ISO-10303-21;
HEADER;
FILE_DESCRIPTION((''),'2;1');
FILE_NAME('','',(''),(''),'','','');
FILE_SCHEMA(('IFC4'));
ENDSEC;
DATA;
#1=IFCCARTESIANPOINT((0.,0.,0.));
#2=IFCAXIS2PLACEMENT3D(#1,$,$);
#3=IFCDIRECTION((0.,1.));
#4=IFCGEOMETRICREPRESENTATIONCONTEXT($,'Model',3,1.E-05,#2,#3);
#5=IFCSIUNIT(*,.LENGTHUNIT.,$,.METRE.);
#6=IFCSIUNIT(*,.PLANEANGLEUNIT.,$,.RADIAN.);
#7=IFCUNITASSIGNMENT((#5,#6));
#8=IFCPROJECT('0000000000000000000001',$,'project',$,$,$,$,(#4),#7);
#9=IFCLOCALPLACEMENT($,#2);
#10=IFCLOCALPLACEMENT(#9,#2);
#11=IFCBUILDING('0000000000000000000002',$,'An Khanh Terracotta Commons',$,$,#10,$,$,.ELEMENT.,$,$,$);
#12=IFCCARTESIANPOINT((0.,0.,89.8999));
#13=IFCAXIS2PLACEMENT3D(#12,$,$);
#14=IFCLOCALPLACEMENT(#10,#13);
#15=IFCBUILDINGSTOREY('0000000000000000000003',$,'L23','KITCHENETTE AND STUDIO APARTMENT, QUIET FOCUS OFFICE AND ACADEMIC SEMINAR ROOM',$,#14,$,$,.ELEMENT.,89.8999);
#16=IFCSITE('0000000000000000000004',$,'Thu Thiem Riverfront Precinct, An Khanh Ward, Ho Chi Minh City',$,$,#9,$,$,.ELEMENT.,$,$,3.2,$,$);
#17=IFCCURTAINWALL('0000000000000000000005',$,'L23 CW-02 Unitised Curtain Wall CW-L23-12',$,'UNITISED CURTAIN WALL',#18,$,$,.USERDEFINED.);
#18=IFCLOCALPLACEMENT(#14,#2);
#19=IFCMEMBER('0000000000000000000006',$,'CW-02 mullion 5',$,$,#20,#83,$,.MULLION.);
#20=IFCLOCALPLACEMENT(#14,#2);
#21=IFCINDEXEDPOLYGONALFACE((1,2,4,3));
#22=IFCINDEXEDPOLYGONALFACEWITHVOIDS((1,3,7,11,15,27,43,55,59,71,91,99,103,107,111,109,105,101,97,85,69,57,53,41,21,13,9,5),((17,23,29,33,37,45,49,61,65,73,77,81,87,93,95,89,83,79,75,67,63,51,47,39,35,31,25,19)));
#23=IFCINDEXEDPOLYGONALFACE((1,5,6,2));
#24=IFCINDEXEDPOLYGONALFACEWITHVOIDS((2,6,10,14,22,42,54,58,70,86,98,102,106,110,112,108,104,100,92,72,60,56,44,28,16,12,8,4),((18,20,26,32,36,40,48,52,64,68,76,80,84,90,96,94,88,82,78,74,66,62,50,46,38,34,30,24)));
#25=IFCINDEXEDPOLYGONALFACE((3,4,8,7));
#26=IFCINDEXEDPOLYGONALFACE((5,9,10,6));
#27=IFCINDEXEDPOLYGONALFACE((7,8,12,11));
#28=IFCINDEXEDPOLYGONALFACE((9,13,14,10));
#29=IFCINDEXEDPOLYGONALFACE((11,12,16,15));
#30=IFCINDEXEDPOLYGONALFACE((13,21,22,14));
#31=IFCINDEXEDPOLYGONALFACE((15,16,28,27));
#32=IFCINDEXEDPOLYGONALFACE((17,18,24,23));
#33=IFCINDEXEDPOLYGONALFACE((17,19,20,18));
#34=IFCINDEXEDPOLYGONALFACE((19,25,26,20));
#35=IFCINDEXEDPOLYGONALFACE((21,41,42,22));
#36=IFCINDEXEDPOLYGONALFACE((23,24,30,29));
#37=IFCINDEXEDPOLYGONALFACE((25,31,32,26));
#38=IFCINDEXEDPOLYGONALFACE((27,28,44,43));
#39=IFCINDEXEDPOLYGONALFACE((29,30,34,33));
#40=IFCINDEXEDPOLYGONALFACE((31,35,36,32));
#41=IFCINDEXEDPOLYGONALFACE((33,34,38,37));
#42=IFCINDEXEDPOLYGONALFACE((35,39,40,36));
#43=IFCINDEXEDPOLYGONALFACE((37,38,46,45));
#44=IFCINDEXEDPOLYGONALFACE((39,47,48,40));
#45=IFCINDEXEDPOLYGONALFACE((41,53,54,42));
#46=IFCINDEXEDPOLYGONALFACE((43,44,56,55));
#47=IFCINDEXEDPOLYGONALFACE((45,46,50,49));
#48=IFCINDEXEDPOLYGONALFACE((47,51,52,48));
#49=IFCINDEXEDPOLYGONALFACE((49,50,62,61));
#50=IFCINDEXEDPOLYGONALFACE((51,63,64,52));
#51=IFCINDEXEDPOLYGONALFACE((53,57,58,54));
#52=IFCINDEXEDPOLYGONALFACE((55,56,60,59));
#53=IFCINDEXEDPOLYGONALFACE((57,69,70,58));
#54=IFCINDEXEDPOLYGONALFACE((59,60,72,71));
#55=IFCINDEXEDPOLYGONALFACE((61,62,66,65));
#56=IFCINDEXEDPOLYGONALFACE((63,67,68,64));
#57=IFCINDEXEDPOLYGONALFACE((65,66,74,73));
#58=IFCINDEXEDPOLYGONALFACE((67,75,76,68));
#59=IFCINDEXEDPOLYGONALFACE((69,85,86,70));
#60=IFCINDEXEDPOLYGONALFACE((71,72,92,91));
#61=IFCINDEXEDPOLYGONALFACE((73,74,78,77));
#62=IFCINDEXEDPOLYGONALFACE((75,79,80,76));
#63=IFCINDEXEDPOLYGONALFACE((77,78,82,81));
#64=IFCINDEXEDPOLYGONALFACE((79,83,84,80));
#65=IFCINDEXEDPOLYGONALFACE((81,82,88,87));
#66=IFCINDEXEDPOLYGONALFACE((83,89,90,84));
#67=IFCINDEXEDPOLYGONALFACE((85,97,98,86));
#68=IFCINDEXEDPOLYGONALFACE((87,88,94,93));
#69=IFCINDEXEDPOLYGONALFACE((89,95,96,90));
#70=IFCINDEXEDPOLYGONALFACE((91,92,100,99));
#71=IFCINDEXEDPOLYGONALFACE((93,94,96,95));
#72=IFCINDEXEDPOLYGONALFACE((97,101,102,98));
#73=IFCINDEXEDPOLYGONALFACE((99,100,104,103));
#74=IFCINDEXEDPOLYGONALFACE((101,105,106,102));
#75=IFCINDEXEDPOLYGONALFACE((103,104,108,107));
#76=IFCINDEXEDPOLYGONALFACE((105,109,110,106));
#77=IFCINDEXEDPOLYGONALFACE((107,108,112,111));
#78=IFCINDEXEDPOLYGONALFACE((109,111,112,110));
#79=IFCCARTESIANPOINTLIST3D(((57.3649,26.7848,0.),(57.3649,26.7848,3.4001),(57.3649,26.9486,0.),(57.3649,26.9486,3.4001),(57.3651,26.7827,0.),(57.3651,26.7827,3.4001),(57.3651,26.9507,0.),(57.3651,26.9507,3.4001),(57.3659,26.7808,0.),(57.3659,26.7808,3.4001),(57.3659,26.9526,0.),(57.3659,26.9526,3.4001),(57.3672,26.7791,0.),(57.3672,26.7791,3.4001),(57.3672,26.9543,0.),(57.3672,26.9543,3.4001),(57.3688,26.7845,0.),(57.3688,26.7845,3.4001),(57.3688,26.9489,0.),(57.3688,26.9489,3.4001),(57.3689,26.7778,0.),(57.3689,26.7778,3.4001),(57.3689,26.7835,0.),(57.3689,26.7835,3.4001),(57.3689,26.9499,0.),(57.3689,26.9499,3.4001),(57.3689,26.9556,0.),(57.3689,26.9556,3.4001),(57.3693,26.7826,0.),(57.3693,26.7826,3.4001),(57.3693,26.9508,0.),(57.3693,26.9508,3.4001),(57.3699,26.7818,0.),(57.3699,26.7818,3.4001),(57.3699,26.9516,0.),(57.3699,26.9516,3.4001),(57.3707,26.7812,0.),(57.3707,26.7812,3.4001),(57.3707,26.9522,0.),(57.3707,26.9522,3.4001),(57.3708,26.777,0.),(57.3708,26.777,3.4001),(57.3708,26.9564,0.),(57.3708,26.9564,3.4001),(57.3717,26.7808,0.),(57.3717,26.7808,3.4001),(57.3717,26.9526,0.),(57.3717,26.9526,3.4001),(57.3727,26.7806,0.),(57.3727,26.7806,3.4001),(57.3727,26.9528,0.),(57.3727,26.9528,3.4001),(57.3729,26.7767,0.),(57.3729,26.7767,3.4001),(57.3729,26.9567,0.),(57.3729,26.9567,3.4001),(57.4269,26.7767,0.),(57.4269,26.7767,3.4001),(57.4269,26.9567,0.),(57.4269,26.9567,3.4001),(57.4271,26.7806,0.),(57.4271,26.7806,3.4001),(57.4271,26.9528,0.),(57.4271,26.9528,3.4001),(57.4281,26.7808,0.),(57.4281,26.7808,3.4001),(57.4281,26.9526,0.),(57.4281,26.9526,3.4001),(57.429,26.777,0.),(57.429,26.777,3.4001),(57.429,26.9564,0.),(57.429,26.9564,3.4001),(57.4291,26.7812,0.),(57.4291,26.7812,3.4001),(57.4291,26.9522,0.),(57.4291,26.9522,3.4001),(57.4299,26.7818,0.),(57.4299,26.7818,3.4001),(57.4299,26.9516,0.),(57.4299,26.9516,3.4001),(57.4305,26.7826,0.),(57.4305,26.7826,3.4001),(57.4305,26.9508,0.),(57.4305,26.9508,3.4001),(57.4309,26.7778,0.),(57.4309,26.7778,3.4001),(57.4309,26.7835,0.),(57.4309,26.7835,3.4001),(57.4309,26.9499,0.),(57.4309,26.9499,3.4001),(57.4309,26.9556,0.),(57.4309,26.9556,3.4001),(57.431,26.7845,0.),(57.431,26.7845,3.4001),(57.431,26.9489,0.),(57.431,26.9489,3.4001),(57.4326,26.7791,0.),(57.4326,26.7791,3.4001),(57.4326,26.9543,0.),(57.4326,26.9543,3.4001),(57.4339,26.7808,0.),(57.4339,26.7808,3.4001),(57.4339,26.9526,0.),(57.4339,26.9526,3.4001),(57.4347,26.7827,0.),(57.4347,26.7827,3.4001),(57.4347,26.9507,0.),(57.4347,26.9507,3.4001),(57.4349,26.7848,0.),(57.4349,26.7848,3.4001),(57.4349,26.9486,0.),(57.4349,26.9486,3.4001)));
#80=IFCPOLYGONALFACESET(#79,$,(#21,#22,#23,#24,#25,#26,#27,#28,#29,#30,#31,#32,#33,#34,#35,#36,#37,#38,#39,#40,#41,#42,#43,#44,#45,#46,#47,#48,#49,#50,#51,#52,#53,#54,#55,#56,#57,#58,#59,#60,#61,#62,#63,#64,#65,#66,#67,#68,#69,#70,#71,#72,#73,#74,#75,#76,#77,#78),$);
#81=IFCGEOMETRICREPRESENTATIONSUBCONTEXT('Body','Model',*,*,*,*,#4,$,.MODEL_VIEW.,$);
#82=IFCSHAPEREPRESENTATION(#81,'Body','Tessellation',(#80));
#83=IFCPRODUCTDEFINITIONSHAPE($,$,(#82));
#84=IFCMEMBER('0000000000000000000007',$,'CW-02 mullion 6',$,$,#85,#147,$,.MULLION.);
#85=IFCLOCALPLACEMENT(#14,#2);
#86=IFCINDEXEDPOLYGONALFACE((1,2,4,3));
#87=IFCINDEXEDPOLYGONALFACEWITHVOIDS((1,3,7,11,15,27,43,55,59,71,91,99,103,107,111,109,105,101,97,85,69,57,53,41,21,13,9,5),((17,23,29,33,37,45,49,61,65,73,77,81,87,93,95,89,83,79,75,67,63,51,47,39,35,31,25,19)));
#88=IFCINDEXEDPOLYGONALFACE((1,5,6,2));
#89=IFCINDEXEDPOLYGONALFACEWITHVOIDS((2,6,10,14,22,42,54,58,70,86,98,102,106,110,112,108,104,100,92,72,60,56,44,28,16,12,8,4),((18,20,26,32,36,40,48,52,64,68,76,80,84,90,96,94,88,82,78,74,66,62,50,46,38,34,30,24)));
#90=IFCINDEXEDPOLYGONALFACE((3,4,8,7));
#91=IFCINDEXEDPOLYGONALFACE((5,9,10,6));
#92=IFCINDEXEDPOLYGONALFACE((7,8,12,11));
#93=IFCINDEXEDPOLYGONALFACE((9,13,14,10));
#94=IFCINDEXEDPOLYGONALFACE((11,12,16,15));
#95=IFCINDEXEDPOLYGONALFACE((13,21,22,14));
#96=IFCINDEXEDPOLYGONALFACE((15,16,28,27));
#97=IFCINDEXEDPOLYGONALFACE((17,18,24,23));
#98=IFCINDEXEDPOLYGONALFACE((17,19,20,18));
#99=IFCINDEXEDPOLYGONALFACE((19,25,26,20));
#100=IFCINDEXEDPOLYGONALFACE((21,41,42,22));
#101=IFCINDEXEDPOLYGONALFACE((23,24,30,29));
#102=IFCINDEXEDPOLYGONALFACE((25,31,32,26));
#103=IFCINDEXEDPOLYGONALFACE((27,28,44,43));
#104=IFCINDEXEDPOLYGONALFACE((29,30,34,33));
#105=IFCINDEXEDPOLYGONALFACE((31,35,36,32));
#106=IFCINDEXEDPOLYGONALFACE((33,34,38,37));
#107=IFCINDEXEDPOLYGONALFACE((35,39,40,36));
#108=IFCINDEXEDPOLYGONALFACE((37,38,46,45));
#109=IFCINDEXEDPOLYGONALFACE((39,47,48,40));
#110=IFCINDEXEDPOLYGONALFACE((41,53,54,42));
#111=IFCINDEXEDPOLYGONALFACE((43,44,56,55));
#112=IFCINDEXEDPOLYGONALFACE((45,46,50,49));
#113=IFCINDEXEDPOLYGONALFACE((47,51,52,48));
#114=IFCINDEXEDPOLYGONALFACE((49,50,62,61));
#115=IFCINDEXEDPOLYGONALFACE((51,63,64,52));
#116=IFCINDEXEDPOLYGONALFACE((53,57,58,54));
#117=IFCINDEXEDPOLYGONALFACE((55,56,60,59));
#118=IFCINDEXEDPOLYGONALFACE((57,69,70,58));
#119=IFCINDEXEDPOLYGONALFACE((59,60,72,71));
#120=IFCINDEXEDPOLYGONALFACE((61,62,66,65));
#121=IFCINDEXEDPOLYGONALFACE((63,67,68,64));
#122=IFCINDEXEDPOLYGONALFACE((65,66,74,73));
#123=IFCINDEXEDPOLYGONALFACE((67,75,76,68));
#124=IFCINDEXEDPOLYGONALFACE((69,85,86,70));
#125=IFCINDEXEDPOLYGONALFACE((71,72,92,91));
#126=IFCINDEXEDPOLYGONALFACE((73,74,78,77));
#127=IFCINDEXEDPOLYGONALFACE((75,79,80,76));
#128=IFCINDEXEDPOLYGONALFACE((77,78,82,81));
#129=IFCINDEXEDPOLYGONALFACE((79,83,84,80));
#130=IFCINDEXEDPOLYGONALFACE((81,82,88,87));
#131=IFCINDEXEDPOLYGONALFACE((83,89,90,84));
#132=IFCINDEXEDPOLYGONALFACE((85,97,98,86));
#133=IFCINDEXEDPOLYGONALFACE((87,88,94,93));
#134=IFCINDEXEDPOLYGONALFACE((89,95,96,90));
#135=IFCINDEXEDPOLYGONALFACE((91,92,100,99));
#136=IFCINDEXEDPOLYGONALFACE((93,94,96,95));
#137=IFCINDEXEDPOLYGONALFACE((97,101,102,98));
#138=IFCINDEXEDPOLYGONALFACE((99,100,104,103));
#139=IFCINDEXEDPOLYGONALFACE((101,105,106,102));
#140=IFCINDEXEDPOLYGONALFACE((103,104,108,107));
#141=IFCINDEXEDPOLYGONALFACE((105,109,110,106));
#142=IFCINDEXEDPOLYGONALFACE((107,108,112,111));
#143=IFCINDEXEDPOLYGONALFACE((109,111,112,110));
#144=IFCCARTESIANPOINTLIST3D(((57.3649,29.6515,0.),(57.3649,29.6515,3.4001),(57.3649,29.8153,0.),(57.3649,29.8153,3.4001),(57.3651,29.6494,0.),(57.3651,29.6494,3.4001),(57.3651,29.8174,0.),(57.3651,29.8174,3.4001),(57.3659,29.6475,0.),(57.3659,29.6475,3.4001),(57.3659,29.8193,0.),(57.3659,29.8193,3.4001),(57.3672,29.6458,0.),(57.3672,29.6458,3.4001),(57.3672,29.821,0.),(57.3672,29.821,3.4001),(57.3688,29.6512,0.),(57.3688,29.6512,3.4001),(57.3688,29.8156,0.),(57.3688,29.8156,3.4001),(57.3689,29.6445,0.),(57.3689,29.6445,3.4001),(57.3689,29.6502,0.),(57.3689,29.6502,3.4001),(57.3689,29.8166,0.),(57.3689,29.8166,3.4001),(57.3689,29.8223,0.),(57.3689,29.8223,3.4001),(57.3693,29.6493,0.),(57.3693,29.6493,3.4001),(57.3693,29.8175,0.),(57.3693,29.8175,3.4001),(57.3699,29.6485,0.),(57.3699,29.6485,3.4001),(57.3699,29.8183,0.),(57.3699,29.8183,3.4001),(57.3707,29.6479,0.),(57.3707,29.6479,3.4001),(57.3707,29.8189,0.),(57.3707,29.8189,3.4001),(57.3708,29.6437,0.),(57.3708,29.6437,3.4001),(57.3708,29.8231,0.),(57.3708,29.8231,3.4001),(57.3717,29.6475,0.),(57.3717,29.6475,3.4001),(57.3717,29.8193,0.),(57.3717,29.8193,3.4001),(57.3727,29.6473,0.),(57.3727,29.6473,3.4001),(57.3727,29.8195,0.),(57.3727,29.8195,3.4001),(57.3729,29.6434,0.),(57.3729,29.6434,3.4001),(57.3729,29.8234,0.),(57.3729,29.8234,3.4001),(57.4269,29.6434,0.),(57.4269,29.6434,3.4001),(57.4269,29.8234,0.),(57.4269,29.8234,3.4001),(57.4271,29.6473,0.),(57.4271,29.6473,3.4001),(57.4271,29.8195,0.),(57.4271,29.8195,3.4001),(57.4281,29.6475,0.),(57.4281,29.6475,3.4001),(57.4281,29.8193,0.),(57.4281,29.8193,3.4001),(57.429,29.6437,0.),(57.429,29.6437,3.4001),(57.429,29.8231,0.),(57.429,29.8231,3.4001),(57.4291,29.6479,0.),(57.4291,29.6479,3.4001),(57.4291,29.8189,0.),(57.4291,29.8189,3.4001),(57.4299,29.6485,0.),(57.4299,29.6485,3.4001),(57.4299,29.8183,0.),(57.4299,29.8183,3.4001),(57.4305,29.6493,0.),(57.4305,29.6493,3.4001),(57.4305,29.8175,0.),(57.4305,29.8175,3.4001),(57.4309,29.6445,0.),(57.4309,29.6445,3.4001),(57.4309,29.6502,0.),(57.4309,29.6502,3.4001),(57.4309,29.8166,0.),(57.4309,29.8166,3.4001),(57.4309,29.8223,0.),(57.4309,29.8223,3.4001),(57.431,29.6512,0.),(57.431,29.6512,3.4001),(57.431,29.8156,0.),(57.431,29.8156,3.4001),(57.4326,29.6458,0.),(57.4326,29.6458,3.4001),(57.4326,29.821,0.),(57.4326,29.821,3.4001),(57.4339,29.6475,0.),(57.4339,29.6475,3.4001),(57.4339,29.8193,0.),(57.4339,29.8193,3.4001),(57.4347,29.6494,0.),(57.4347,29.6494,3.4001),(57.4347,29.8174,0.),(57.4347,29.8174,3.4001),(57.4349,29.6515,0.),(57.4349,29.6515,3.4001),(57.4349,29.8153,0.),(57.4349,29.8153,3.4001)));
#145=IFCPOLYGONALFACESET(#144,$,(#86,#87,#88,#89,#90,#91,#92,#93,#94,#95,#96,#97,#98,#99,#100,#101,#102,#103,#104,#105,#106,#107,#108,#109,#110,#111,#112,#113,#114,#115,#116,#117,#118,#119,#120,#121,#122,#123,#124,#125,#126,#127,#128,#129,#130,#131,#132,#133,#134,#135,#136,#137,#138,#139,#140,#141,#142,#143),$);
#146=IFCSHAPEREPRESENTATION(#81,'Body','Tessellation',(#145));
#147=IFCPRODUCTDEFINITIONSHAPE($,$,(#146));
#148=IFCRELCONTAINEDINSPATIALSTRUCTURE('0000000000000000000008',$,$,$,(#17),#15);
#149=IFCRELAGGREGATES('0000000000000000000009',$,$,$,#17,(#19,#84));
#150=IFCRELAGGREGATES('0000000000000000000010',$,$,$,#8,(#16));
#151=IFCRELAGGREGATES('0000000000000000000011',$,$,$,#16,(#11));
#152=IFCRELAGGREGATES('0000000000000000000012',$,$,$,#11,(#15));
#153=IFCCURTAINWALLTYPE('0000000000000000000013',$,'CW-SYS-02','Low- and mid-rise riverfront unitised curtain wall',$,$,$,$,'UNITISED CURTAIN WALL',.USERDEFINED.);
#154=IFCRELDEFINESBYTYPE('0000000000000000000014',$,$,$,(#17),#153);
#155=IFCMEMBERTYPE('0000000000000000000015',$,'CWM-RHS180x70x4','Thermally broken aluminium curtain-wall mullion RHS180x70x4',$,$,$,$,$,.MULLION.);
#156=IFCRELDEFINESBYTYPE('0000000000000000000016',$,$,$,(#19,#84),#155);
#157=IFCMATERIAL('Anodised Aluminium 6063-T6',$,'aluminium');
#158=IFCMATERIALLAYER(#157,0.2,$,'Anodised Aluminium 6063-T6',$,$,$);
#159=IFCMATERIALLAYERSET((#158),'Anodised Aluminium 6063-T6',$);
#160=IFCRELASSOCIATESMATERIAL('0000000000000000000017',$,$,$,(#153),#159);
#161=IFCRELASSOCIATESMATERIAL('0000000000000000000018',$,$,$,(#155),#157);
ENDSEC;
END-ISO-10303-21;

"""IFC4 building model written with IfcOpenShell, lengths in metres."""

from ifc_helpers import new_model, si_unit, direction, frame, origin, origin_2d, place, context, subcontext, project, spatial, hollow_rectangle, extrude, material, layer, layer_set, material_profile, profile_set, type_object, element, aggregate, save


model = new_model("IFC4")

# Units and contexts
model_context = context("Model", 3, precision=1e-05, world=origin(), true_north=direction((0.0, 1.0)))
body_context = subcontext(model_context, "Body", "Model", "MODEL_VIEW")
ifc_project = project(units=[si_unit("LENGTHUNIT", "METRE"), si_unit("PLANEANGLEUNIT", "RADIAN")], contexts=[model_context])

# Site, building, storey
site_placement = place(None, origin())
site = spatial("IfcSite", under=ifc_project, at=site_placement, Name="Thu Thiem Riverfront Precinct, An Khanh Ward, Ho Chi Minh City", CompositionType="ELEMENT", RefElevation=3.2)
building_placement = place(site_placement, origin())
building = spatial("IfcBuilding", under=site, at=building_placement, Name="An Khanh Terracotta Commons", CompositionType="ELEMENT")
storey_placement = place(building_placement, frame((0.0, 0.0, 89.8999)))
storey = spatial("IfcBuildingStorey", under=building, at=storey_placement, Name="L23", Description="KITCHENETTE AND STUDIO APARTMENT, QUIET FOCUS OFFICE AND ACADEMIC SEMINAR ROOM", CompositionType="ELEMENT", Elevation=89.8999)

# Curtain wall, members
ifc_material_1 = material(Name="Anodised Aluminium 6063-T6", Category="aluminium")
ifc_layer_1 = layer(ifc_material_1, 0.2, Name="Anodised Aluminium 6063-T6")
ifc_layer_set_1 = layer_set([ifc_layer_1], Name="Anodised Aluminium 6063-T6")
curtain_wall_type = type_object("IfcCurtainWallType", Name="CW-SYS-02", Description="Low- and mid-rise riverfront unitised curtain wall", ElementType="UNITISED CURTAIN WALL", PredefinedType="USERDEFINED", material=ifc_layer_set_1)
curtain_wall_1_placement = place(storey_placement, origin())
curtain_wall_1 = element("IfcCurtainWall", 1, at=curtain_wall_1_placement, inside=storey, type_object=curtain_wall_type, Name="L23 CW-02 Unitised Curtain Wall CW-L23-12", ObjectType="UNITISED CURTAIN WALL", PredefinedType="USERDEFINED")
ifc_material_profile_1 = material_profile(ifc_material_1, hollow_rectangle(XDim=0.0701, YDim=0.1799, WallThickness=0.0039, InnerFilletRadius=0.0039, OuterFilletRadius=0.0081, at=origin_2d()), Name="RHS180x70x4")
ifc_profile_set_1 = profile_set([ifc_material_profile_1], Name="Anodised Aluminium 6063-T6")
member_type_1 = type_object("IfcMemberType", Name="CWM-RHS180x70x4", Description="Thermally broken aluminium curtain-wall mullion RHS180x70x4", PredefinedType="MULLION", material=ifc_profile_set_1)
member_1_placement = place(storey_placement, frame((57.3999, 26.8667, 0.0), z_axis=(0.0, 0.0, 1.0), x_axis=(-1.0, 0.0, 0.0)))
member_1 = element("IfcMember", 2, at=member_1_placement, type_object=member_type_1, Name="CW-02 mullion 5", PredefinedType="MULLION", context=body_context, shape_type="SweptSolid", body=[
    extrude(hollow_rectangle(XDim=0.0701, YDim=0.1799, WallThickness=0.0039, InnerFilletRadius=0.0039, OuterFilletRadius=0.0081, at=origin_2d()), origin(), (0.0, 0.0, 1.0), 3.4001),
])
member_2_placement = place(storey_placement, frame((57.3999, 29.7334, 0.0), z_axis=(0.0, 0.0, 1.0), x_axis=(-1.0, 0.0, 0.0)))
member_2 = element("IfcMember", 3, at=member_2_placement, type_object=member_type_1, Name="CW-02 mullion 6", PredefinedType="MULLION", context=body_context, shape_type="SweptSolid", body=[
    extrude(hollow_rectangle(XDim=0.0701, YDim=0.1799, WallThickness=0.0039, InnerFilletRadius=0.0039, OuterFilletRadius=0.0081, at=origin_2d()), origin(), (0.0, 0.0, 1.0), 3.4001),
])

aggregate(curtain_wall_1, [member_1, member_2])

save(model, "model.ifc")
